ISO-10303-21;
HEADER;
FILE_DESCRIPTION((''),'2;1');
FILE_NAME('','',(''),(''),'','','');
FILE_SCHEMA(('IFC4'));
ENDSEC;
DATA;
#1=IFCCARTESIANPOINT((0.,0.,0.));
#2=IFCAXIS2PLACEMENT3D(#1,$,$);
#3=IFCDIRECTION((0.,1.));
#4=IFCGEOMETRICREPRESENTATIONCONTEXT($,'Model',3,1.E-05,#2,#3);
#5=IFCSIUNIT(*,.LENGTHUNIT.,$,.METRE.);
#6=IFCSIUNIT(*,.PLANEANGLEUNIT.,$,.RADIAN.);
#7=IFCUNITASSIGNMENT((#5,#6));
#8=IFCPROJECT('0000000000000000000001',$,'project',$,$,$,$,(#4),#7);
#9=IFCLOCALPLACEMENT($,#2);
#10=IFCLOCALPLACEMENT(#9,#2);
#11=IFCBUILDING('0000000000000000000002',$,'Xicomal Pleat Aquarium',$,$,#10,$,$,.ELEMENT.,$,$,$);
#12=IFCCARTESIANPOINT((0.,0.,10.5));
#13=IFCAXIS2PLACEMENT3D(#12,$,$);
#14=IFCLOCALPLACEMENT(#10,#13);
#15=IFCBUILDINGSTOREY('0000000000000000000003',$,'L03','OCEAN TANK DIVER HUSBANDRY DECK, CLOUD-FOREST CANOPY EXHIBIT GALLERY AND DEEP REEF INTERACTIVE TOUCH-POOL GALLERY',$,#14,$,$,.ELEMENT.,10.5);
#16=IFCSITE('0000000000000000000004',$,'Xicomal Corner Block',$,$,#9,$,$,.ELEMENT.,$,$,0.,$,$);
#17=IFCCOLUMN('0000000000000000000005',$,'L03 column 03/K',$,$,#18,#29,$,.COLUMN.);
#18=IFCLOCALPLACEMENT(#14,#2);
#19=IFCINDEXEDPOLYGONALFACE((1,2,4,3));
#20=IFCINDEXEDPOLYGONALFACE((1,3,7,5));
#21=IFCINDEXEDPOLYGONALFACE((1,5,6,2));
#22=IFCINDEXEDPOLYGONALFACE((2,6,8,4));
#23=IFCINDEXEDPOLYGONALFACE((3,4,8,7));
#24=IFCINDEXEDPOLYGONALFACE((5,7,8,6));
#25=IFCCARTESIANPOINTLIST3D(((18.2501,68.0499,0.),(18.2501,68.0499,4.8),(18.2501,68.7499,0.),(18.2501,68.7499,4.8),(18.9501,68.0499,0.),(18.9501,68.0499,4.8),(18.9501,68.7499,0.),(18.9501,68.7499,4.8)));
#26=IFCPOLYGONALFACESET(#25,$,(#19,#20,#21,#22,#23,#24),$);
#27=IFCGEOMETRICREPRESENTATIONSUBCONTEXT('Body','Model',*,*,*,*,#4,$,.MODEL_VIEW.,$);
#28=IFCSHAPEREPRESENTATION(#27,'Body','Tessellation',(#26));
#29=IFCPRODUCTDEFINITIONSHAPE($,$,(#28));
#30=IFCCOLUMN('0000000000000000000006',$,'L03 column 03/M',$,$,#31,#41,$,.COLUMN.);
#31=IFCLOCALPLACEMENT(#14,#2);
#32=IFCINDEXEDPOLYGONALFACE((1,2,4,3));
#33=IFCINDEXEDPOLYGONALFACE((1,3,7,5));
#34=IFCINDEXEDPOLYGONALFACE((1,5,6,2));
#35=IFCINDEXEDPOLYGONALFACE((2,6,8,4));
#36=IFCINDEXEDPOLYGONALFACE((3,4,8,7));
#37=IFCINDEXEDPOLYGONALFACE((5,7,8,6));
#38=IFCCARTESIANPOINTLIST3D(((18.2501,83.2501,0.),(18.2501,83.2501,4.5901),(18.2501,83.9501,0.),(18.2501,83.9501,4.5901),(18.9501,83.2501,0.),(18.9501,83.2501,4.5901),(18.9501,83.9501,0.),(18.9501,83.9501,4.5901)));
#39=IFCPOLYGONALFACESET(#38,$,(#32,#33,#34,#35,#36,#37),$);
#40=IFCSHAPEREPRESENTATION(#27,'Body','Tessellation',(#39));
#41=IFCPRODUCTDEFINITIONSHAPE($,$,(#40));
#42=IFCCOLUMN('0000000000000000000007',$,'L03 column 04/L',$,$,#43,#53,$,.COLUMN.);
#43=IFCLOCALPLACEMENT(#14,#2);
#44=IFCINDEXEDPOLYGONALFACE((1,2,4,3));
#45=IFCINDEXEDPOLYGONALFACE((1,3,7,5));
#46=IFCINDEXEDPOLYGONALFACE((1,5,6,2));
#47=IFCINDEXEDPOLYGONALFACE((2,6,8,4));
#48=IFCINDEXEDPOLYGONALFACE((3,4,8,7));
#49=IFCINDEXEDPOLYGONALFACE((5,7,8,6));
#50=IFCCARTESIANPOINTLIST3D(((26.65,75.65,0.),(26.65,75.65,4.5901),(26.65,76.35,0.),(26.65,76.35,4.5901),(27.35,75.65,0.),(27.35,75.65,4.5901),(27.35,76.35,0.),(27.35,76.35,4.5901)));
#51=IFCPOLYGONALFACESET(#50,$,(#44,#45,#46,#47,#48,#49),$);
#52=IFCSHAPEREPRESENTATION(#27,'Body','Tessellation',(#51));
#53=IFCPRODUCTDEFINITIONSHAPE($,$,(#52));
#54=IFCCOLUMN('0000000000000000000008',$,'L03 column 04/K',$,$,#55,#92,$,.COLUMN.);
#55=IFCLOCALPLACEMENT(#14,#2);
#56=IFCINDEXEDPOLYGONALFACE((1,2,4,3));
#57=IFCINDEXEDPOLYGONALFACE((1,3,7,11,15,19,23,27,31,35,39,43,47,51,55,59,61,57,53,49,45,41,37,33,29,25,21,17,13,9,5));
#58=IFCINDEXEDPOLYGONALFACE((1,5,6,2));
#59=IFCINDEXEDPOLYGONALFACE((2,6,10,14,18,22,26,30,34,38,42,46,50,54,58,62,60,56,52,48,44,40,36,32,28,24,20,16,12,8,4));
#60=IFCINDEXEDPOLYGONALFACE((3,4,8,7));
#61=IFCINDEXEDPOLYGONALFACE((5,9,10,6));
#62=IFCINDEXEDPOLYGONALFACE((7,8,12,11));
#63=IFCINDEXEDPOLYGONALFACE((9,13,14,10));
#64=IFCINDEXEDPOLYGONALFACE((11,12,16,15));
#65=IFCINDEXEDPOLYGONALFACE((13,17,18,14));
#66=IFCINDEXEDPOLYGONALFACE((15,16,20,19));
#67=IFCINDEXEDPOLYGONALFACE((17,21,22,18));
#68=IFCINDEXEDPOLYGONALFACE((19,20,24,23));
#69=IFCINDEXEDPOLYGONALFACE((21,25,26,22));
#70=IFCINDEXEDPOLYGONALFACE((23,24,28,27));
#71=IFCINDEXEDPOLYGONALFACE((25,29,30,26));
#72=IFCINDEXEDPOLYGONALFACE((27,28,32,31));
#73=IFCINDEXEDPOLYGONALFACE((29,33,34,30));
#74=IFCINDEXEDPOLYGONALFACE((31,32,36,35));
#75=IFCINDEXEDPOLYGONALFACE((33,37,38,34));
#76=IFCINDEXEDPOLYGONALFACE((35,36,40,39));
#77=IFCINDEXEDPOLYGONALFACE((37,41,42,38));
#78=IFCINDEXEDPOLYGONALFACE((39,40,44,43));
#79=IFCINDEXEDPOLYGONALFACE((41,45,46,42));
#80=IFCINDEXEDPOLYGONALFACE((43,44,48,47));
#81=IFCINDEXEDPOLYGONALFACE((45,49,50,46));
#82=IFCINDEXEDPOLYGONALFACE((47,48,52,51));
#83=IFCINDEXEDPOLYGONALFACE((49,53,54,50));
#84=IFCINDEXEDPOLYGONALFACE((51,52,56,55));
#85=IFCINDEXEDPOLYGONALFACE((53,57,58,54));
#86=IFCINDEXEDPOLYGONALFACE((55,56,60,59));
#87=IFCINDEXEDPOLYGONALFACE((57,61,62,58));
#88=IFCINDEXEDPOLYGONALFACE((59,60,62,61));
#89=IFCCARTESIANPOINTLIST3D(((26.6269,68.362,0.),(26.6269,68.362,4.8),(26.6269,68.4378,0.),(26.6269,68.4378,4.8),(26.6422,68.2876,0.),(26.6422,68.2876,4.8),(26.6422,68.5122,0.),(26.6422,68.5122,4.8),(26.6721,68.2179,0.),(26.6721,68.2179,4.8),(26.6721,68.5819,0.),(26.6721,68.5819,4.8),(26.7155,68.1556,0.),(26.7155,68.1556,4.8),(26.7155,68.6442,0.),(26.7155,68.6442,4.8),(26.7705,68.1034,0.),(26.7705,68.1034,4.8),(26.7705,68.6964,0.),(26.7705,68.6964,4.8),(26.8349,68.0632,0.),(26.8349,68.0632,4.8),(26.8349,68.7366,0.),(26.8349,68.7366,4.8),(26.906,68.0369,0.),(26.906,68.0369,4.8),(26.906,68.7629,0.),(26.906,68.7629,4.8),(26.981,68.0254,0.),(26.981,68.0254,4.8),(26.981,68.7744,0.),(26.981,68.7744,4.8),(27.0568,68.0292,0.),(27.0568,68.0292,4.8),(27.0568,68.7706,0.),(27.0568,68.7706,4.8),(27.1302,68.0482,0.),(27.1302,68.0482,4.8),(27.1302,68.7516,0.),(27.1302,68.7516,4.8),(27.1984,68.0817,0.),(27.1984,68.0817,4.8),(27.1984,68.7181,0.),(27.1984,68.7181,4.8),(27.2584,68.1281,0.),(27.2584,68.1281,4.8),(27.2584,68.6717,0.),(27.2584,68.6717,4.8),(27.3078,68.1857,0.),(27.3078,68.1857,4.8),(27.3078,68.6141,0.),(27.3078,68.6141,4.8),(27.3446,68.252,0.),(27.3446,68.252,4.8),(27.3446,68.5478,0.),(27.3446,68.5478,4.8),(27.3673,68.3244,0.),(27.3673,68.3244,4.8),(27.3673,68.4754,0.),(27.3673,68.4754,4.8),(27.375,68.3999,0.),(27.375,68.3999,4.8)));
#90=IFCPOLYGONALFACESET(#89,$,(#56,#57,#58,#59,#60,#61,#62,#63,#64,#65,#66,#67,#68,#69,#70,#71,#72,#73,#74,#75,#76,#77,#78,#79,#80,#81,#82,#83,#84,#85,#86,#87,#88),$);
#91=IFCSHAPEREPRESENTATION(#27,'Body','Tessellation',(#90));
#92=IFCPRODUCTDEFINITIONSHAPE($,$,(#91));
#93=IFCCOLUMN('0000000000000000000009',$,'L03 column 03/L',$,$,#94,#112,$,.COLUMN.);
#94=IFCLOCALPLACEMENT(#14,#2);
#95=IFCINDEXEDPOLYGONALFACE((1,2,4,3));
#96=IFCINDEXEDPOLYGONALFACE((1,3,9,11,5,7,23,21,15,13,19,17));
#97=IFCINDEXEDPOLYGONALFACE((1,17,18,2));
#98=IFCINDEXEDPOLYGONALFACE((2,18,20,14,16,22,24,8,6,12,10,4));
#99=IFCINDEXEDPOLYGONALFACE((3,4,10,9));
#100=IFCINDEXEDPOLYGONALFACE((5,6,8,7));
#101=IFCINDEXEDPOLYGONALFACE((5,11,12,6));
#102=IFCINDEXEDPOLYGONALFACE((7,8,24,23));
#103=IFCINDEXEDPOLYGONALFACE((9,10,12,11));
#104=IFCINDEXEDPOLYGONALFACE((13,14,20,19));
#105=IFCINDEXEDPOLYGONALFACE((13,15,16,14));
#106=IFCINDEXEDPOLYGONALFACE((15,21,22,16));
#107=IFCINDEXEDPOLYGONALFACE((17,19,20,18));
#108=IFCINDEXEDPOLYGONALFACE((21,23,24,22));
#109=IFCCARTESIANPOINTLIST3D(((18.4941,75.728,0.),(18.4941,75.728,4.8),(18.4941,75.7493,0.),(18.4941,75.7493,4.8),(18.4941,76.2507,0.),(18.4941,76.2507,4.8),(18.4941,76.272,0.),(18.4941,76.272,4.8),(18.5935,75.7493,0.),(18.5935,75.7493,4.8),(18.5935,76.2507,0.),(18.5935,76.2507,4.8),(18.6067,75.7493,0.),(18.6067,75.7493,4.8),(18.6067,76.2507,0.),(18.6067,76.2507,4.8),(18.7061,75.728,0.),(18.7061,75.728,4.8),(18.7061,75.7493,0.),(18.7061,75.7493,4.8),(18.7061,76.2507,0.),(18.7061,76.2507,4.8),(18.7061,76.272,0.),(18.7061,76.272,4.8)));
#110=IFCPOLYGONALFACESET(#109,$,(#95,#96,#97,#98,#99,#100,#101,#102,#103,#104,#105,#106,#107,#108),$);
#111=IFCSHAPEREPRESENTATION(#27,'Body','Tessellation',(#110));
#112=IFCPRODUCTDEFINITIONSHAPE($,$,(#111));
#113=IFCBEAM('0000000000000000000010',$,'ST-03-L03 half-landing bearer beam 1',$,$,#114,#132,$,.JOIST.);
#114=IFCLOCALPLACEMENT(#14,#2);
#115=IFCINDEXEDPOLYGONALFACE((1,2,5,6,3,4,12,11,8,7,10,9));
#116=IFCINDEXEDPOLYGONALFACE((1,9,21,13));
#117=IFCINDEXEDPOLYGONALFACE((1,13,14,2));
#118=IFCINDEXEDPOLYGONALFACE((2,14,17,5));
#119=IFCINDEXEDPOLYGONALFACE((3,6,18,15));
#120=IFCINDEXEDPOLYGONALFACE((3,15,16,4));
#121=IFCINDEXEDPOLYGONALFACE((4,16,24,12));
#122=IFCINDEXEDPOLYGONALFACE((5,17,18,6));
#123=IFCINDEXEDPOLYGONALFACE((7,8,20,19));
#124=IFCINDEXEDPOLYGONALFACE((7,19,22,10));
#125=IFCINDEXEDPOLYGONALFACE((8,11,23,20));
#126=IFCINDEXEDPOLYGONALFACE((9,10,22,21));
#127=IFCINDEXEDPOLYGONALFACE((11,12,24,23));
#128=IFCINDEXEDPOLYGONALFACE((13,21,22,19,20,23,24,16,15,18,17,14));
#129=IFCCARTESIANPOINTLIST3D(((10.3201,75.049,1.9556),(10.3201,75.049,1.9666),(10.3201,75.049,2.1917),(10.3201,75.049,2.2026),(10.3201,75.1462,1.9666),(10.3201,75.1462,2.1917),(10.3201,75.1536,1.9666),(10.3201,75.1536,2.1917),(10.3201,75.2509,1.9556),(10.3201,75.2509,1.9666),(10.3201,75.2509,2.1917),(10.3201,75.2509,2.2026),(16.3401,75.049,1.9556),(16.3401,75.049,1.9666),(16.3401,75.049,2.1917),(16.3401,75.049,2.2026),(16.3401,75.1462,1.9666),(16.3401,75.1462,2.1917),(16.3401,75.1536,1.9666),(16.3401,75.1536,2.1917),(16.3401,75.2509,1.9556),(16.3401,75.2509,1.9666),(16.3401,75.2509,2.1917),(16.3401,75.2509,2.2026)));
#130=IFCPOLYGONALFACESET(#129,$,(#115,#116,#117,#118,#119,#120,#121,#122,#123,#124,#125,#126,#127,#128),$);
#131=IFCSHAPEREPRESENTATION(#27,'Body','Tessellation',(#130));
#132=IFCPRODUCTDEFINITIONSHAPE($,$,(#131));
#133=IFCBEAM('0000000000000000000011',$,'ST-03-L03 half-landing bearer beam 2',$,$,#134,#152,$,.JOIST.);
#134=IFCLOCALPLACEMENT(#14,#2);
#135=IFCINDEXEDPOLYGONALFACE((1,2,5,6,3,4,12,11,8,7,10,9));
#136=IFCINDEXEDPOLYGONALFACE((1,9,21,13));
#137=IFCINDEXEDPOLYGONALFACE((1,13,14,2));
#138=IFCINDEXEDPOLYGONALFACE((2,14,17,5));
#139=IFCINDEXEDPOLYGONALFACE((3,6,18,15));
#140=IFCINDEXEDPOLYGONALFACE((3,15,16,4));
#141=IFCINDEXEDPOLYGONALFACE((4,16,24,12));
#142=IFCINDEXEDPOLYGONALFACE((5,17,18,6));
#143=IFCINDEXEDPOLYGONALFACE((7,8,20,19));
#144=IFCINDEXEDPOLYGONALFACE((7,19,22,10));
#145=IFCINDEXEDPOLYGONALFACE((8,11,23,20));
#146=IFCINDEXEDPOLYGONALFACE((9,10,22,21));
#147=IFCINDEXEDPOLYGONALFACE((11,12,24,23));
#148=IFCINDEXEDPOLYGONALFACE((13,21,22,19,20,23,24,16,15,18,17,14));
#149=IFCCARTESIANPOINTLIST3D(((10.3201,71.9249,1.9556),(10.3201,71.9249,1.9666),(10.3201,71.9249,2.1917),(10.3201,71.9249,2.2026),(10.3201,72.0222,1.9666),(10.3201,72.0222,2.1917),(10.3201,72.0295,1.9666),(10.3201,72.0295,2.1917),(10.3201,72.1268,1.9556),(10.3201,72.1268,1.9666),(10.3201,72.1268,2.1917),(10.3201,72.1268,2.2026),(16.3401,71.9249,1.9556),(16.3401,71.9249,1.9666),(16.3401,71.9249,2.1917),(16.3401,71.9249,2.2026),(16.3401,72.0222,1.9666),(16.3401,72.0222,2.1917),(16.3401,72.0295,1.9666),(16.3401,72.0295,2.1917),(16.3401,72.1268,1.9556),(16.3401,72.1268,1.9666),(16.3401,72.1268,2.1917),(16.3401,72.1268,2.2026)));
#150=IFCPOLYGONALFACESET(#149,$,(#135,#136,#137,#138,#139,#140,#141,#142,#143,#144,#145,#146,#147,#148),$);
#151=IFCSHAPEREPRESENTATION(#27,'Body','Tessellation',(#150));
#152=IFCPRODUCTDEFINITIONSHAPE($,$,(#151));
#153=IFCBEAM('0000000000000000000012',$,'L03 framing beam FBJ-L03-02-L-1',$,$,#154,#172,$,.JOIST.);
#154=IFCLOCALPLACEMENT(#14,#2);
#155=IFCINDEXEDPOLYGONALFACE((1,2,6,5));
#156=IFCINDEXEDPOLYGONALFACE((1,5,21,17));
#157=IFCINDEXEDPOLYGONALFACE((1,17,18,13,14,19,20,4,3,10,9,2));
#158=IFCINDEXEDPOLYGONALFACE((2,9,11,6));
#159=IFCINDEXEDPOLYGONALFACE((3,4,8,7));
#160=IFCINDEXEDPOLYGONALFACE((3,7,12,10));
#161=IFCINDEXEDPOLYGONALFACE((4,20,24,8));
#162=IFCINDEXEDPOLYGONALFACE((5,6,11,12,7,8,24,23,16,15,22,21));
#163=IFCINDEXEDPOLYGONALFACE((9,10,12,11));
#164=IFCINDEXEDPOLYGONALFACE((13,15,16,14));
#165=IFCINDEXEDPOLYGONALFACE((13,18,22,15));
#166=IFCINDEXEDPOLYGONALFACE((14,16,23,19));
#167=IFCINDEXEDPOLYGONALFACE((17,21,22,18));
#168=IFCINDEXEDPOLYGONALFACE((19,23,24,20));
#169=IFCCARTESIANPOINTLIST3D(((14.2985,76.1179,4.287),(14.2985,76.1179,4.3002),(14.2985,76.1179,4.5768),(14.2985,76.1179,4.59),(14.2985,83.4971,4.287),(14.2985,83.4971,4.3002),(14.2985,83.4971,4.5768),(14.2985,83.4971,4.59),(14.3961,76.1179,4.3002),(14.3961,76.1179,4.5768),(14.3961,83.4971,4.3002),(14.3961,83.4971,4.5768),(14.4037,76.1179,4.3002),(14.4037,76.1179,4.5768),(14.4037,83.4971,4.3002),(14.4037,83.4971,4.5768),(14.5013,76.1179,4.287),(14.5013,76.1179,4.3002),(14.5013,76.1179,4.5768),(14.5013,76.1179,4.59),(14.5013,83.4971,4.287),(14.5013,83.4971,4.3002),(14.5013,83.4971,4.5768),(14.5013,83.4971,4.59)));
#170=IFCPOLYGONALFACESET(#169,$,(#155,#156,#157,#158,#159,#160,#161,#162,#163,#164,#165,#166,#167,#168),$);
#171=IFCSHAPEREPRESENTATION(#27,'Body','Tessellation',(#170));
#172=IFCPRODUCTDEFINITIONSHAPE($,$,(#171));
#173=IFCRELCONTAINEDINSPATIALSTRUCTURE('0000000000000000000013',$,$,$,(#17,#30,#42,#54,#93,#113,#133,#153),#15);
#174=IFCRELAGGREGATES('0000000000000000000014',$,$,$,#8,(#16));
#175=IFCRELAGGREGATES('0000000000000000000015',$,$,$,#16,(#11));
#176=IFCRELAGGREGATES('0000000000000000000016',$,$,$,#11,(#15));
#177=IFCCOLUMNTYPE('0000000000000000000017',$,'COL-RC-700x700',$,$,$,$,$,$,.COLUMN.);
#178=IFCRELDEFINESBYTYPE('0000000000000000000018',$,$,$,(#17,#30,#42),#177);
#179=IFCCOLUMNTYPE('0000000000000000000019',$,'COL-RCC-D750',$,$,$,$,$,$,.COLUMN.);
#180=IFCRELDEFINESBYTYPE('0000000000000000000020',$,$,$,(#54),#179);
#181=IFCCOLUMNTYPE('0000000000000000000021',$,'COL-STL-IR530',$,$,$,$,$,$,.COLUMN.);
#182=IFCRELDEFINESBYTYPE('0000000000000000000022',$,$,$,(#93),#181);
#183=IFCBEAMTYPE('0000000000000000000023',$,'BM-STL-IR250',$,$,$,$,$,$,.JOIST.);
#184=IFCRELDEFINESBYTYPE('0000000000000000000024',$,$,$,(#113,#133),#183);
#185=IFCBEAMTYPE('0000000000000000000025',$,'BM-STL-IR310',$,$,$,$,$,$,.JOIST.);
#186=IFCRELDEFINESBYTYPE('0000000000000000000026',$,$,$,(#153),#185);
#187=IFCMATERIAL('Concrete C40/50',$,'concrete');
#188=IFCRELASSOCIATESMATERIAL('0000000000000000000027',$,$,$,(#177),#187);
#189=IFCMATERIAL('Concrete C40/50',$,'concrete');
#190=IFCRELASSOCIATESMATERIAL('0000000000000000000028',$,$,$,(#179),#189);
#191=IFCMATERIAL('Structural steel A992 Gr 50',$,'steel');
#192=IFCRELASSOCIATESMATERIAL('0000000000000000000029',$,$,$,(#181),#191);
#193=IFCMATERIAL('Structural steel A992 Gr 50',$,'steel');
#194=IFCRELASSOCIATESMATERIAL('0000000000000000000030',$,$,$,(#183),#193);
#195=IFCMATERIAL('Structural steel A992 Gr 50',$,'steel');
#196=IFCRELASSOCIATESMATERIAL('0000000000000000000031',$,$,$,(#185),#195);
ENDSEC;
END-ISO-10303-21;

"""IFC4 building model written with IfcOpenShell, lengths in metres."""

from ifc_helpers import new_model, si_unit, direction, frame, origin, origin_2d, place, context, subcontext, project, spatial, rectangle, circle, i_section, extrude, material, material_profile, profile_set, type_object, element, save


model = new_model("IFC4")

# Units and contexts
model_context = context("Model", 3, precision=1e-05, world=origin(), true_north=direction((0.0, 1.0)))
body_context = subcontext(model_context, "Body", "Model", "MODEL_VIEW")
ifc_project = project(units=[si_unit("LENGTHUNIT", "METRE"), si_unit("PLANEANGLEUNIT", "RADIAN")], contexts=[model_context])

# Site, building, storey
site_placement = place(None, origin())
site = spatial("IfcSite", under=ifc_project, at=site_placement, Name="Xicomal Corner Block", CompositionType="ELEMENT", RefElevation=0.0)
building_placement = place(site_placement, origin())
building = spatial("IfcBuilding", under=site, at=building_placement, Name="Xicomal Pleat Aquarium", CompositionType="ELEMENT")
storey_placement = place(building_placement, frame((0.0, 0.0, 10.5)))
storey = spatial("IfcBuildingStorey", under=building, at=storey_placement, Name="L03", Description="OCEAN TANK DIVER HUSBANDRY DECK, CLOUD-FOREST CANOPY EXHIBIT GALLERY AND DEEP REEF INTERACTIVE TOUCH-POOL GALLERY", CompositionType="ELEMENT", Elevation=10.5)

# Columns
ifc_material_1 = material(Name="Concrete C40/50", Category="concrete")
ifc_material_profile_1 = material_profile(ifc_material_1, rectangle(XDim=0.7, YDim=0.7, at=origin_2d()), Name="RC 700x700")
ifc_profile_set_1 = profile_set([ifc_material_profile_1], Name="Concrete C40/50")
column_type_1 = type_object("IfcColumnType", Name="COL-RC-700x700", PredefinedType="COLUMN", material=ifc_profile_set_1)
column_1_placement = place(storey_placement, frame((18.6001, 68.3999, 0.0), z_axis=(0.0, 0.0, 1.0), x_axis=(1.0, 0.0, 0.0)))
element("IfcColumn", 1, at=column_1_placement, inside=storey, type_object=column_type_1, Name="L03 column 03/K", PredefinedType="COLUMN", context=body_context, shape_type="SweptSolid", body=[
    extrude(rectangle(XDim=0.7, YDim=0.7, at=origin_2d()), origin(), (0.0, 0.0, 1.0), 4.8),
])
for number, where, z_axis, x_axis, name in (
    (2, (18.6001, 83.6001, 0.0), (0.0, 0.0, 1.0), (1.0, 0.0, 0.0), "L03 column 03/M"),
    (3, (27.0, 76.0, 0.0), (0.0, 0.0, 1.0), (1.0, 0.0, 0.0), "L03 column 04/L"),
):
    element("IfcColumn", number, at=place(storey_placement, frame(where, z_axis=z_axis, x_axis=x_axis)), inside=storey, type_object=column_type_1, Name=name, PredefinedType="COLUMN", context=body_context, shape_type="SweptSolid", body=[
        extrude(rectangle(XDim=0.7, YDim=0.7, at=origin_2d()), origin(), (0.0, 0.0, 1.0), 4.5901),
    ])
ifc_material_2 = material(Name="Concrete C40/50", Category="concrete")
ifc_material_profile_2 = material_profile(ifc_material_2, circle(Radius=0.375, at=origin_2d()), Name="RCC D750")
ifc_profile_set_2 = profile_set([ifc_material_profile_2], Name="Concrete C40/50")
column_type_2 = type_object("IfcColumnType", Name="COL-RCC-D750", PredefinedType="COLUMN", material=ifc_profile_set_2)
column_2_placement = place(storey_placement, frame((27.0, 68.3999, 0.0), z_axis=(0.0, 0.0, 1.0), x_axis=(1.0, 0.0, 0.0)))
element("IfcColumn", 4, at=column_2_placement, inside=storey, type_object=column_type_2, Name="L03 column 04/K", PredefinedType="COLUMN", context=body_context, shape_type="SweptSolid", body=[
    extrude(circle(Radius=0.375, at=origin_2d()), origin(), (0.0, 0.0, 1.0), 4.8),
])
ifc_material_3 = material(Name="Structural steel A992 Gr 50", Category="steel")
ifc_material_profile_3 = material_profile(ifc_material_3, i_section(OverallWidth=0.2119, OverallDepth=0.5439, WebThickness=0.0132, FlangeThickness=0.0212, at=origin_2d()), Name="IR 530x123")
ifc_profile_set_3 = profile_set([ifc_material_profile_3], Name="Structural steel A992 Gr 50")
column_type_3 = type_object("IfcColumnType", Name="COL-STL-IR530", PredefinedType="COLUMN", material=ifc_profile_set_3)
column_3_placement = place(storey_placement, frame((18.6001, 76.0, 0.0), z_axis=(0.0, 0.0, 1.0), x_axis=(1.0, 0.0, 0.0)))
element("IfcColumn", 5, at=column_3_placement, inside=storey, type_object=column_type_3, Name="L03 column 03/L", PredefinedType="COLUMN", context=body_context, shape_type="SweptSolid", body=[
    extrude(i_section(OverallWidth=0.2119, OverallDepth=0.5439, WebThickness=0.0132, FlangeThickness=0.0212, at=origin_2d()), origin(), (0.0, 0.0, 1.0), 4.8),
])

# Beams
ifc_material_4 = material(Name="Structural steel A992 Gr 50", Category="steel")
ifc_material_profile_4 = material_profile(ifc_material_4, i_section(OverallWidth=0.2019, OverallDepth=0.2471, WebThickness=0.0073, FlangeThickness=0.011, at=origin_2d()), Name="IR 250x49")
ifc_profile_set_4 = profile_set([ifc_material_profile_4], Name="Structural steel A992 Gr 50")
beam_type_1 = type_object("IfcBeamType", Name="BM-STL-IR250", PredefinedType="JOIST", material=ifc_profile_set_4)
for number, where, z_axis, x_axis, name in (
    (6, (10.3201, 75.1499, 2.0791), (1.0, 0.0, 0.0), (0.0, 1.0, 0.0), "ST-03-L03 half-landing bearer beam 1"),
    (7, (10.3201, 72.0259, 2.0791), (1.0, 0.0, 0.0), (0.0, 1.0, 0.0), "ST-03-L03 half-landing bearer beam 2"),
):
    element("IfcBeam", number, at=place(storey_placement, frame(where, z_axis=z_axis, x_axis=x_axis)), inside=storey, type_object=beam_type_1, Name=name, PredefinedType="JOIST", context=body_context, shape_type="SweptSolid", body=[
        extrude(i_section(OverallWidth=0.2019, OverallDepth=0.2471, WebThickness=0.0073, FlangeThickness=0.011, at=origin_2d()), origin(), (0.0, 0.0, 1.0), 6.02),
    ])
ifc_material_5 = material(Name="Structural steel A992 Gr 50", Category="steel")
ifc_material_profile_5 = material_profile(ifc_material_5, i_section(OverallWidth=0.2029, OverallDepth=0.303, WebThickness=0.0076, FlangeThickness=0.0132, at=origin_2d()), Name="IR 310x60")
ifc_profile_set_5 = profile_set([ifc_material_profile_5], Name="Structural steel A992 Gr 50")
beam_type_2 = type_object("IfcBeamType", Name="BM-STL-IR310", PredefinedType="JOIST", material=ifc_profile_set_5)
beam_1_placement = place(storey_placement, frame((14.3999, 76.1179, 4.4385), z_axis=(0.0, 1.0, 0.0), x_axis=(-1.0, 0.0, 0.0)))
element("IfcBeam", 8, at=beam_1_placement, inside=storey, type_object=beam_type_2, Name="L03 framing beam FBJ-L03-02-L-1", PredefinedType="JOIST", context=body_context, shape_type="SweptSolid", body=[
    extrude(i_section(OverallWidth=0.2029, OverallDepth=0.303, WebThickness=0.0076, FlangeThickness=0.0132, at=origin_2d()), origin(), (0.0, 0.0, 1.0), 7.3792),
])

save(model, "model.ifc")
